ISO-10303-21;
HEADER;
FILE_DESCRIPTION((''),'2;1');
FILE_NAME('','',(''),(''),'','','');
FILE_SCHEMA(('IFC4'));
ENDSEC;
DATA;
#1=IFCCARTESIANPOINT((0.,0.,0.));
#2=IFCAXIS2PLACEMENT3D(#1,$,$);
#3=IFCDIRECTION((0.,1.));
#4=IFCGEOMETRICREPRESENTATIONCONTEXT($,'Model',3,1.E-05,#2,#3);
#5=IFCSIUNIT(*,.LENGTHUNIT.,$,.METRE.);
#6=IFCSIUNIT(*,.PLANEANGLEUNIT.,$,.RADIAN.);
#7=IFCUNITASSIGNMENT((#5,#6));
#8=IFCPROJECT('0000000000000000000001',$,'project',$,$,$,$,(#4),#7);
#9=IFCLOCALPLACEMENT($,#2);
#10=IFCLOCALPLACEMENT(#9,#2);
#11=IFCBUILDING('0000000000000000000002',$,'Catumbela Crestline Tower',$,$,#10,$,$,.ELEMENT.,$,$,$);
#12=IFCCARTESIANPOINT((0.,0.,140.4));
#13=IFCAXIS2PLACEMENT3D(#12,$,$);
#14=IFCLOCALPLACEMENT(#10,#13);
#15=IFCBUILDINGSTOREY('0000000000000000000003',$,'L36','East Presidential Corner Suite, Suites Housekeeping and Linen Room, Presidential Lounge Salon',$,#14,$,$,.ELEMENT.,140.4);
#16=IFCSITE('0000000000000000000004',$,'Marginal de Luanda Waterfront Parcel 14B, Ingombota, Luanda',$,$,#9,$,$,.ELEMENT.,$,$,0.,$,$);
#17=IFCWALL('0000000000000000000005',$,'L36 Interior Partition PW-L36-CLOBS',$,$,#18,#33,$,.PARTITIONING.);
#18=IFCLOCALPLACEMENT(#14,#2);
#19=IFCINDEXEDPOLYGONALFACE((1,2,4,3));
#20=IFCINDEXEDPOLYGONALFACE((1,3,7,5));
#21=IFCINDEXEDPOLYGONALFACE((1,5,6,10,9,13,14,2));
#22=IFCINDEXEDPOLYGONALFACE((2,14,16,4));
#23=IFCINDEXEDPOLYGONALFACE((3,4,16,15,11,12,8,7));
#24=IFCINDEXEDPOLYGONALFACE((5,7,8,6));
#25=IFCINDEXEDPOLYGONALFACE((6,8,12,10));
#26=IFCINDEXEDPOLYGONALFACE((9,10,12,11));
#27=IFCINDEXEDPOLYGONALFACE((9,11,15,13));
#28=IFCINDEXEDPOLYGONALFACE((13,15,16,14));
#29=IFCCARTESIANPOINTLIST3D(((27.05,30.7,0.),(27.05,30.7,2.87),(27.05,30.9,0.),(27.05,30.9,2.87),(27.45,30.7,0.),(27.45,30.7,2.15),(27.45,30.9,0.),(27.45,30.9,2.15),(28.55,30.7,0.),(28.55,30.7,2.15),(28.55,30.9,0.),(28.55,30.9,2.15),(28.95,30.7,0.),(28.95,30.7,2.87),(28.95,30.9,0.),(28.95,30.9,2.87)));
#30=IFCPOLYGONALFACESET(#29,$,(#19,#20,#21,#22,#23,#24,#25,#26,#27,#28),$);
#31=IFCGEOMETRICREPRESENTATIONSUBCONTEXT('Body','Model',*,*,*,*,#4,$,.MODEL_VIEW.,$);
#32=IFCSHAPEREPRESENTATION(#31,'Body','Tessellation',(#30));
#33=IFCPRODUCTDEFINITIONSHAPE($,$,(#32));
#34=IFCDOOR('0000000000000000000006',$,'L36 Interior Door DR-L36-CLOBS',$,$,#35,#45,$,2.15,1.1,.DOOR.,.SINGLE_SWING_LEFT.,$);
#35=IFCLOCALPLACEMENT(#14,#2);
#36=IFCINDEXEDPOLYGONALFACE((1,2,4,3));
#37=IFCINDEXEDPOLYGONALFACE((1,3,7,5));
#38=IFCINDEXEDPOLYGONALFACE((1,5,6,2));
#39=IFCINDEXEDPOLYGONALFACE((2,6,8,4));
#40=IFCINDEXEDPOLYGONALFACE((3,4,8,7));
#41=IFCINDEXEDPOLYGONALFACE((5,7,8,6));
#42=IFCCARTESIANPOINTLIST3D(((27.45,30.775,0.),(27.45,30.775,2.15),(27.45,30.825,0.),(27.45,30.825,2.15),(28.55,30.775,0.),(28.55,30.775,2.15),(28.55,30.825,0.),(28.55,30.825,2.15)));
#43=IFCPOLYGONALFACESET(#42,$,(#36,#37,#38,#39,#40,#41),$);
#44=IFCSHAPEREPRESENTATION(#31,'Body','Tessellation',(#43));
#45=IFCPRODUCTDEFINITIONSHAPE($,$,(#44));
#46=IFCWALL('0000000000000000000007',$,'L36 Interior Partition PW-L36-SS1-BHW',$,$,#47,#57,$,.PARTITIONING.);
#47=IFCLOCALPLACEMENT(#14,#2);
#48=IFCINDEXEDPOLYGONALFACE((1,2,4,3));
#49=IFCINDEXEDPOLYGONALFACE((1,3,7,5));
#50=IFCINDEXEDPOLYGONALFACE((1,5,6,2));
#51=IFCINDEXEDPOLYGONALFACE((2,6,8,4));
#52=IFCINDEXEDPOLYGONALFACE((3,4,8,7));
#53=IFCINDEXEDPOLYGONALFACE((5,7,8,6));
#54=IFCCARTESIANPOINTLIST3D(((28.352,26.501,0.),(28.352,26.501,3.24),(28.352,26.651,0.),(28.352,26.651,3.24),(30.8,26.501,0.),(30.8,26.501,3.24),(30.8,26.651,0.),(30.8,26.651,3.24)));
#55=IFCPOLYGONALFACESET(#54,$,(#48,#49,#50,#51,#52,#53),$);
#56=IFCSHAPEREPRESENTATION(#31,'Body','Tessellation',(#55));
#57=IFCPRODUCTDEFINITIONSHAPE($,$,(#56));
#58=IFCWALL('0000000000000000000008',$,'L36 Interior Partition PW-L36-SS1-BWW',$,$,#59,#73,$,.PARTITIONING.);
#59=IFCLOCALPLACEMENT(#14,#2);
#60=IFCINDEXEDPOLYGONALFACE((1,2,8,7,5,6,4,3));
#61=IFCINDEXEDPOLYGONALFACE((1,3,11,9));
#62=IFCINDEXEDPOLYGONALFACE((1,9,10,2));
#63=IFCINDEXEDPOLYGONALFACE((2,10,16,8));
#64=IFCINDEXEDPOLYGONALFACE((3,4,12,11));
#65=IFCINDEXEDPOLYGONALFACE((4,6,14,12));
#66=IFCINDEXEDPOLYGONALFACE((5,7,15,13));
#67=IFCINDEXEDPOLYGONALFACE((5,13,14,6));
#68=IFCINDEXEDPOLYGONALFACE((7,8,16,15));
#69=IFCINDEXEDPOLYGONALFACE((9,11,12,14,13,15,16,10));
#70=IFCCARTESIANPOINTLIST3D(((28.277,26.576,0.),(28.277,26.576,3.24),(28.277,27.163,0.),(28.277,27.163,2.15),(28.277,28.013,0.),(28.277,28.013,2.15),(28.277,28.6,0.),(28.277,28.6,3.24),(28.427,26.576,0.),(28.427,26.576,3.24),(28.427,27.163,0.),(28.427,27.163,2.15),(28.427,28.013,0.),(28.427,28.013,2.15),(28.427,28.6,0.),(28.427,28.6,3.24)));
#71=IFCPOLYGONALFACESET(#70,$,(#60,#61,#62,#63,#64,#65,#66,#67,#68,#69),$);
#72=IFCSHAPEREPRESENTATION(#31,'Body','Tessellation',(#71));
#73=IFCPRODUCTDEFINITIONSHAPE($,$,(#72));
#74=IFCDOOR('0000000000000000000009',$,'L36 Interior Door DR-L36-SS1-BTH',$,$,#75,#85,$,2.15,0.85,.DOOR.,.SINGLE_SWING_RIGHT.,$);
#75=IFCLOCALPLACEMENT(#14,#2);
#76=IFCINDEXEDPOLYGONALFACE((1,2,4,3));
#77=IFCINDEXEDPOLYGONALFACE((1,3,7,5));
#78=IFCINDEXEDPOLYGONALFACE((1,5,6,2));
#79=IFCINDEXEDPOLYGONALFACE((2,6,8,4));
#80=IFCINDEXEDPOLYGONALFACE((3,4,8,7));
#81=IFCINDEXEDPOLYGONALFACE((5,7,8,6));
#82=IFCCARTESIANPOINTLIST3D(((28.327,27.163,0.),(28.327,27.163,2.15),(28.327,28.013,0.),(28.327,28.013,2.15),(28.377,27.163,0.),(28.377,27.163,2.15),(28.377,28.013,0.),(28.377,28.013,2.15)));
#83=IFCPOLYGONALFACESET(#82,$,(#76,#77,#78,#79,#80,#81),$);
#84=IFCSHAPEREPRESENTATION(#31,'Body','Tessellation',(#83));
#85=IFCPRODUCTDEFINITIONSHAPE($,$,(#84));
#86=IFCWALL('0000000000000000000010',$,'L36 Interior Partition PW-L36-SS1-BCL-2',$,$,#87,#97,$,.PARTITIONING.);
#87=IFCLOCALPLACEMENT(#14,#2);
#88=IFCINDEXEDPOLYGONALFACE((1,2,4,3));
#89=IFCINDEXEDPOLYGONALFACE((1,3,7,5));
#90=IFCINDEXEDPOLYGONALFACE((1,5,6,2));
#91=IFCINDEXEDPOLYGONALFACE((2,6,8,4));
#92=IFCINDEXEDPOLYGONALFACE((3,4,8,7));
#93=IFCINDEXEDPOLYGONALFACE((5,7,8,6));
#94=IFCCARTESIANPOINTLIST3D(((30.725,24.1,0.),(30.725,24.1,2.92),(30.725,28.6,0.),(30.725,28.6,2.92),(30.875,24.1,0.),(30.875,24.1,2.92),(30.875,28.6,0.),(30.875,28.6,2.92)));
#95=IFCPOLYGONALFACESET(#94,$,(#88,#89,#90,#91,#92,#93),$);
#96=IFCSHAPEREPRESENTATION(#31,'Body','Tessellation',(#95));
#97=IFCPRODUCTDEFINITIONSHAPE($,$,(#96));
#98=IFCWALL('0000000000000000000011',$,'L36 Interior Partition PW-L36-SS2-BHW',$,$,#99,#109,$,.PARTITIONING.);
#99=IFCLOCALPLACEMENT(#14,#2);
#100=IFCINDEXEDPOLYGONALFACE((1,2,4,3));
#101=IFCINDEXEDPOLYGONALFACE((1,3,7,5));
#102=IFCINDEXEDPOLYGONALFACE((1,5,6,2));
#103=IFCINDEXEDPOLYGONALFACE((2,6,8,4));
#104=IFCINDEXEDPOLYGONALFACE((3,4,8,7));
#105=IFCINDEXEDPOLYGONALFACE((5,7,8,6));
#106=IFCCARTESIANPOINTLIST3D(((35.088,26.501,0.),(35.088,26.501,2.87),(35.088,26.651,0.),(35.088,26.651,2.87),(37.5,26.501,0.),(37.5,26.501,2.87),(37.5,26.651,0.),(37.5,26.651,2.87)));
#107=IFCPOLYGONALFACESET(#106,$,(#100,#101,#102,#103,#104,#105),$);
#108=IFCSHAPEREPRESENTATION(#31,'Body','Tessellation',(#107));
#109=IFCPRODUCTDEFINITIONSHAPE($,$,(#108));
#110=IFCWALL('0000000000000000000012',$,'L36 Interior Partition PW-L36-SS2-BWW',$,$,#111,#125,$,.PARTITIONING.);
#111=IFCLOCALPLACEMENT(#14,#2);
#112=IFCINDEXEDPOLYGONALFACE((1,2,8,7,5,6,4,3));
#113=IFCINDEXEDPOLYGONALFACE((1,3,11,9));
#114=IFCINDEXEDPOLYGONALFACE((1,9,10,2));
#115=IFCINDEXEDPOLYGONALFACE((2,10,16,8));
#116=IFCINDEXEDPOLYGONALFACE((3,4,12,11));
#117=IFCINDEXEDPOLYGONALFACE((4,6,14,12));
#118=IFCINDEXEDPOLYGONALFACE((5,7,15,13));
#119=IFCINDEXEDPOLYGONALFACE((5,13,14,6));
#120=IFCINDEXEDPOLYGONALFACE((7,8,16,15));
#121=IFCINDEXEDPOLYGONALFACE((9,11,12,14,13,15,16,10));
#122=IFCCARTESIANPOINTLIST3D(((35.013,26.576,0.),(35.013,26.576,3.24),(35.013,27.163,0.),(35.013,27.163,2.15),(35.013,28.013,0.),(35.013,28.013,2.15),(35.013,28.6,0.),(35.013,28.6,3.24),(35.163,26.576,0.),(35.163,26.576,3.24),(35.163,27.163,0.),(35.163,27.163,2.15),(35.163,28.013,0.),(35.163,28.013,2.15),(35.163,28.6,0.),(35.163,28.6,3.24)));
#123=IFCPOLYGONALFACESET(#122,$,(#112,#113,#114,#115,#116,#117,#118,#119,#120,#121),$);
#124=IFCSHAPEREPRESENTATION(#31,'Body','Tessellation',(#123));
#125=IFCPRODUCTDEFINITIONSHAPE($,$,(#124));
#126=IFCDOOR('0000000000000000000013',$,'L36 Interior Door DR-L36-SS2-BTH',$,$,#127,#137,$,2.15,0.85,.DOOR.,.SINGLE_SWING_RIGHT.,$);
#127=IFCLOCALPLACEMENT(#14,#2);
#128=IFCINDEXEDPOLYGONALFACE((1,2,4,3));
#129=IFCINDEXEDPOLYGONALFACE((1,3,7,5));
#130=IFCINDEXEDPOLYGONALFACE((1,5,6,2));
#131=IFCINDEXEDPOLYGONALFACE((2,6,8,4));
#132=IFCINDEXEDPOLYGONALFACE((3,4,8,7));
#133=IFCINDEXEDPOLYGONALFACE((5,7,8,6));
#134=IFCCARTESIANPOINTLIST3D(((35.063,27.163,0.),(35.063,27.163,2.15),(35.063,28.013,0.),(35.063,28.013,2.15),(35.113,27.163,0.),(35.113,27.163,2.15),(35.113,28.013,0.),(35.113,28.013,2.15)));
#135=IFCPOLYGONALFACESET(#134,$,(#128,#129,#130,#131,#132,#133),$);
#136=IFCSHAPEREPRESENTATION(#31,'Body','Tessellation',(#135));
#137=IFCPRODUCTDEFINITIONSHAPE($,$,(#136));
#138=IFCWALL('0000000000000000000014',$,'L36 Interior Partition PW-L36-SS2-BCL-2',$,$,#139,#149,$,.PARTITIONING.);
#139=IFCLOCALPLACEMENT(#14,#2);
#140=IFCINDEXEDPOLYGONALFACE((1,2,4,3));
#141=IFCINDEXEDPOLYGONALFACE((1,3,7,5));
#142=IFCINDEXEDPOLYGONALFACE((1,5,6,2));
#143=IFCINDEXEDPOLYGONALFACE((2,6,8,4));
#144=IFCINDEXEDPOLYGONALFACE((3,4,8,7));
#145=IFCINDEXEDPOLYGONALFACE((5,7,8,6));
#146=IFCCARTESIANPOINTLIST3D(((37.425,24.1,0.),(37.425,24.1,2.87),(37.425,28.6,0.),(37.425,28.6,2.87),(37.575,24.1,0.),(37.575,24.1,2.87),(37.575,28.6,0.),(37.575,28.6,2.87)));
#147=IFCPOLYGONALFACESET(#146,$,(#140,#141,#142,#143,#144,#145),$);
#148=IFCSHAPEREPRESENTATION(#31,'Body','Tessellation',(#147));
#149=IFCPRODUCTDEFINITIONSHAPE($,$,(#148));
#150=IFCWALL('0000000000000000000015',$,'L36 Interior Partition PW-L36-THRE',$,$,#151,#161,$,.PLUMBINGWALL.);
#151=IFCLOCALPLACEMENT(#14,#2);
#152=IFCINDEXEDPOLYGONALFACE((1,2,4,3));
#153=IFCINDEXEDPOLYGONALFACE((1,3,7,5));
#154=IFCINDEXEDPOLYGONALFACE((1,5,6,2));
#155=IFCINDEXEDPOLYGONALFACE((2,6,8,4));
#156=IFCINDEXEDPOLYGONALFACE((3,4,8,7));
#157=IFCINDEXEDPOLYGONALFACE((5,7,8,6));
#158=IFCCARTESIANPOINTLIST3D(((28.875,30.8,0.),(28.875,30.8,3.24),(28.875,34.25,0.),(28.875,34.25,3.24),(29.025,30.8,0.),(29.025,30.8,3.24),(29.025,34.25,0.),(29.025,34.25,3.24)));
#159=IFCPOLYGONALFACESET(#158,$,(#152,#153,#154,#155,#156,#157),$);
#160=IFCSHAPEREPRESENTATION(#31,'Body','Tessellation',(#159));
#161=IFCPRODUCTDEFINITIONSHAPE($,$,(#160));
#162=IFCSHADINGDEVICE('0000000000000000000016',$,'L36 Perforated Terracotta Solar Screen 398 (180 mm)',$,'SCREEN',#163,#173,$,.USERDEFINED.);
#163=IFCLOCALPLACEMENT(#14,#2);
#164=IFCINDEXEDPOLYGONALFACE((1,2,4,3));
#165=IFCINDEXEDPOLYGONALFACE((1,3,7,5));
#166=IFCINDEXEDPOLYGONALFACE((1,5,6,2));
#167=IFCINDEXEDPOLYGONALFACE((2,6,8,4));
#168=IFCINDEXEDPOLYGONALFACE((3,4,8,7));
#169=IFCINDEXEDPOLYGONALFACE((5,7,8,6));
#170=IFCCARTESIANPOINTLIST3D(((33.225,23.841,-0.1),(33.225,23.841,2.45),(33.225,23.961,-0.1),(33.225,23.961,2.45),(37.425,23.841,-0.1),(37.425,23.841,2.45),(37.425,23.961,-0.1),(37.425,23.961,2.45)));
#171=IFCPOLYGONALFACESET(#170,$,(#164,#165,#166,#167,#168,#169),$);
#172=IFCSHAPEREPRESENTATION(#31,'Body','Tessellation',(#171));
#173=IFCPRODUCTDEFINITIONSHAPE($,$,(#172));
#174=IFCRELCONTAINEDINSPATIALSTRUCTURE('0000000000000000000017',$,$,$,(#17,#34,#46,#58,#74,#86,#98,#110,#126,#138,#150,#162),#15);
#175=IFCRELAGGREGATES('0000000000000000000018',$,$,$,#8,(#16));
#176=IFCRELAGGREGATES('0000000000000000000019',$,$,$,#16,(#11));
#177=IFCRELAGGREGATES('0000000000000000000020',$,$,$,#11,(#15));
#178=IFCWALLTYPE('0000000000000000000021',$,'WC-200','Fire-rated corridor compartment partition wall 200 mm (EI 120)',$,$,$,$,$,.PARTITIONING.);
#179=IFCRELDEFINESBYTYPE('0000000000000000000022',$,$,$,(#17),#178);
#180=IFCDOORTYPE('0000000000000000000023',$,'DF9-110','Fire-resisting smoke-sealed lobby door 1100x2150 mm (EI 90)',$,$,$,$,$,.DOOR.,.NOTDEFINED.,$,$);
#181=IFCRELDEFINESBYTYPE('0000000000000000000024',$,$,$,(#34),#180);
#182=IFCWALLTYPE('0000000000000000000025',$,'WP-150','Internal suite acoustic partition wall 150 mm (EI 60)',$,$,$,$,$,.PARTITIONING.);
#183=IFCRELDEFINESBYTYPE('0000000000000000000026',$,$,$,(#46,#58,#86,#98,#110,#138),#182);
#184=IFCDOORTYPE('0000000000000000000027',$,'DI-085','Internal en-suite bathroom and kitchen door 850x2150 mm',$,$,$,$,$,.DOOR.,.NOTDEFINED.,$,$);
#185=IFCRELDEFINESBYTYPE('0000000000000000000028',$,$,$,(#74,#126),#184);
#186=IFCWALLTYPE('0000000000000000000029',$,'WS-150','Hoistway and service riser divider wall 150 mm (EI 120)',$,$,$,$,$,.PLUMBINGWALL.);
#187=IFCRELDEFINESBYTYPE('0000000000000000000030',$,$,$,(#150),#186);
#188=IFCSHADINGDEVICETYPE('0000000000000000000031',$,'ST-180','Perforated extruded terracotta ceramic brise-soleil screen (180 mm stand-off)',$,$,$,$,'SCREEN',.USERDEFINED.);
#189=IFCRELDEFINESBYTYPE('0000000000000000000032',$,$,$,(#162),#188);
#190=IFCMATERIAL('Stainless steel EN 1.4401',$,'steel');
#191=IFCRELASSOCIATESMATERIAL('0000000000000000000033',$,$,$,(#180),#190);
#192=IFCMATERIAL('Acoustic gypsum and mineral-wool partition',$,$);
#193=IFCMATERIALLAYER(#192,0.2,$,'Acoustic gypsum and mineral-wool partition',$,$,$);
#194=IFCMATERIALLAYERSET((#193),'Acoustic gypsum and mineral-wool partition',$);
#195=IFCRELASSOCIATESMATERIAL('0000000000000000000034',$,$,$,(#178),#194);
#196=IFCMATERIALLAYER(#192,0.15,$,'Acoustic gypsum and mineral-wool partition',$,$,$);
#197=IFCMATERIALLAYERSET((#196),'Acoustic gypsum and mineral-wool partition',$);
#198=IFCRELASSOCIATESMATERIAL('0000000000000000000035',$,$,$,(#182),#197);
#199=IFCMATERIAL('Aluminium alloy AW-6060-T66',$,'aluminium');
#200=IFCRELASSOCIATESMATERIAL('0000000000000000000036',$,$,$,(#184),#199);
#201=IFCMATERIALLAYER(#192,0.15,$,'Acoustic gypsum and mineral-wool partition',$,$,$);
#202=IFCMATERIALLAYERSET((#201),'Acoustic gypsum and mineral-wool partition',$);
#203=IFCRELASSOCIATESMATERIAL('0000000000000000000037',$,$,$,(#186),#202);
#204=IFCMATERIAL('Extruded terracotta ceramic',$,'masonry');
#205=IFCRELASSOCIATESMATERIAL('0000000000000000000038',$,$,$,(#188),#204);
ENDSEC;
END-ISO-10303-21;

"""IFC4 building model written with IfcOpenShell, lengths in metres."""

from ifc_helpers import new_model, si_unit, direction, frame, frame_2d, origin, origin_2d, place, context, subcontext, project, spatial, rectangle, extrude, material, layer, layer_set, type_object, element, fill, save


model = new_model("IFC4")

# Units and contexts
model_context = context("Model", 3, precision=1e-05, world=origin(), true_north=direction((0.0, 1.0)))
body_context = subcontext(model_context, "Body", "Model", "MODEL_VIEW")
ifc_project = project(units=[si_unit("LENGTHUNIT", "METRE"), si_unit("PLANEANGLEUNIT", "RADIAN")], contexts=[model_context])

# Site, building, storey
site_placement = place(None, origin())
site = spatial("IfcSite", under=ifc_project, at=site_placement, Name="Marginal de Luanda Waterfront Parcel 14B, Ingombota, Luanda", CompositionType="ELEMENT", RefElevation=0.0)
building_placement = place(site_placement, origin())
building = spatial("IfcBuilding", under=site, at=building_placement, Name="Catumbela Crestline Tower", CompositionType="ELEMENT")
storey_placement = place(building_placement, frame((0.0, 0.0, 140.4)))
storey = spatial("IfcBuildingStorey", under=building, at=storey_placement, Name="L36", Description="East Presidential Corner Suite, Suites Housekeeping and Linen Room, Presidential Lounge Salon", CompositionType="ELEMENT", Elevation=140.4)

# Shared definitions
ifc_material_1 = material(Name="Aluminium alloy AW-6060-T66", Category="aluminium")

# Wall, opening, door
ifc_material_2 = material(Name="Stainless steel EN 1.4401", Category="steel")
door_type_1 = type_object("IfcDoorType", Name="DF9-110", Description="Fire-resisting smoke-sealed lobby door 1100x2150 mm (EI 90)", OperationType="NOTDEFINED", PredefinedType="DOOR", material=ifc_material_2)
ifc_material_3 = material(Name="Acoustic gypsum and mineral-wool partition")
ifc_layer_1 = layer(ifc_material_3, 0.2, Name="Acoustic gypsum and mineral-wool partition")
ifc_layer_set_1 = layer_set([ifc_layer_1], Name="Acoustic gypsum and mineral-wool partition")
wall_type_1 = type_object("IfcWallType", Name="WC-200", Description="Fire-rated corridor compartment partition wall 200 mm (EI 120)", PredefinedType="PARTITIONING", material=ifc_layer_set_1)
wall_1_placement = place(storey_placement, frame((27.05, 30.8, 0.0), z_axis=(0.0, 0.0, 1.0), x_axis=(1.0, 0.0, 0.0)))
wall_1 = element("IfcWall", 1, at=wall_1_placement, inside=storey, type_object=wall_type_1, Name="L36 Interior Partition PW-L36-CLOBS", PredefinedType="PARTITIONING", context=body_context, shape_type="SweptSolid", body=[
    extrude(rectangle(XDim=1.9, YDim=0.2, at=frame_2d((0.95, 0.0))), origin(), (0.0, 0.0, 1.0), 2.87),
])
opening_1_placement = place(wall_1_placement, frame((0.4, 0.0, 0.0)))
opening_1 = element("IfcOpeningElement", 2, at=opening_1_placement, cuts=wall_1, PredefinedType="OPENING", context=body_context, shape_type="SweptSolid", body=[
    extrude(rectangle(XDim=1.1, YDim=2.15, at=frame_2d((0.55, 1.075))), frame((0.0, 0.11, 0.0), z_axis=(0.0, -1.0, 0.0), x_axis=(1.0, 0.0, 0.0)), (0.0, 0.0, 1.0), 0.22),
])
door_1_placement = place(opening_1_placement, origin())
door_1 = element("IfcDoor", 3, at=door_1_placement, inside=storey, type_object=door_type_1, Name="L36 Interior Door DR-L36-CLOBS", OperationType="SINGLE_SWING_LEFT", OverallHeight=2.15, OverallWidth=1.1, PredefinedType="DOOR", context=body_context, shape_type="SweptSolid", body=[
    extrude(rectangle(XDim=1.1, YDim=2.15, at=frame_2d((0.55, 1.075))), frame((0.0, 0.025, 0.0), z_axis=(0.0, -1.0, 0.0), x_axis=(1.0, 0.0, 0.0)), (0.0, 0.0, 1.0), 0.05),
])
fill(opening_1, door_1)

# Wall
ifc_layer_2 = layer(ifc_material_3, 0.15, Name="Acoustic gypsum and mineral-wool partition")
ifc_layer_set_2 = layer_set([ifc_layer_2], Name="Acoustic gypsum and mineral-wool partition")
wall_type_2 = type_object("IfcWallType", Name="WP-150", Description="Internal suite acoustic partition wall 150 mm (EI 60)", PredefinedType="PARTITIONING", material=ifc_layer_set_2)
wall_2_placement = place(storey_placement, frame((28.352, 26.576, 0.0), z_axis=(0.0, 0.0, 1.0), x_axis=(1.0, 0.0, 0.0)))
element("IfcWall", 4, at=wall_2_placement, inside=storey, type_object=wall_type_2, Name="L36 Interior Partition PW-L36-SS1-BHW", PredefinedType="PARTITIONING", context=body_context, shape_type="SweptSolid", body=[
    extrude(rectangle(XDim=2.448, YDim=0.15, at=frame_2d((1.224, 0.0))), origin(), (0.0, 0.0, 1.0), 3.24),
])

# Wall, opening, door
wall_3_placement = place(storey_placement, frame((28.352, 26.576, 0.0), z_axis=(0.0, 0.0, 1.0), x_axis=(0.0, 1.0, 0.0)))
wall_3 = element("IfcWall", 5, at=wall_3_placement, inside=storey, type_object=wall_type_2, Name="L36 Interior Partition PW-L36-SS1-BWW", PredefinedType="PARTITIONING", context=body_context, shape_type="SweptSolid", body=[
    extrude(rectangle(XDim=2.024, YDim=0.15, at=frame_2d((1.012, 0.0))), origin(), (0.0, 0.0, 1.0), 3.24),
])
opening_2_placement = place(wall_3_placement, frame((0.587, 0.0, 0.0)))
opening_2 = element("IfcOpeningElement", 6, at=opening_2_placement, cuts=wall_3, PredefinedType="OPENING", context=body_context, shape_type="SweptSolid", body=[
    extrude(rectangle(XDim=0.85, YDim=2.15, at=frame_2d((0.425, 1.075))), frame((0.0, 0.085, 0.0), z_axis=(0.0, -1.0, 0.0), x_axis=(1.0, 0.0, 0.0)), (0.0, 0.0, 1.0), 0.17),
])
door_type_2 = type_object("IfcDoorType", Name="DI-085", Description="Internal en-suite bathroom and kitchen door 850x2150 mm", OperationType="NOTDEFINED", PredefinedType="DOOR", material=ifc_material_1)
door_2_placement = place(opening_2_placement, origin())
door_2 = element("IfcDoor", 7, at=door_2_placement, inside=storey, type_object=door_type_2, Name="L36 Interior Door DR-L36-SS1-BTH", OperationType="SINGLE_SWING_RIGHT", OverallHeight=2.15, OverallWidth=0.85, PredefinedType="DOOR", context=body_context, shape_type="SweptSolid", body=[
    extrude(rectangle(XDim=0.85, YDim=2.15, at=frame_2d((0.425, 1.075))), frame((0.0, 0.025, 0.0), z_axis=(0.0, -1.0, 0.0), x_axis=(1.0, 0.0, 0.0)), (0.0, 0.0, 1.0), 0.05),
])
fill(opening_2, door_2)

# Walls
wall_4_placement = place(storey_placement, frame((30.8, 28.6, 0.0), z_axis=(0.0, 0.0, 1.0), x_axis=(0.0, -1.0, 0.0)))
element("IfcWall", 8, at=wall_4_placement, inside=storey, type_object=wall_type_2, Name="L36 Interior Partition PW-L36-SS1-BCL-2", PredefinedType="PARTITIONING", context=body_context, shape_type="SweptSolid", body=[
    extrude(rectangle(XDim=4.5, YDim=0.15, at=frame_2d((2.25, 0.0))), origin(), (0.0, 0.0, 1.0), 2.92),
])
wall_5_placement = place(storey_placement, frame((35.088, 26.576, 0.0), z_axis=(0.0, 0.0, 1.0), x_axis=(1.0, 0.0, 0.0)))
element("IfcWall", 9, at=wall_5_placement, inside=storey, type_object=wall_type_2, Name="L36 Interior Partition PW-L36-SS2-BHW", PredefinedType="PARTITIONING", context=body_context, shape_type="SweptSolid", body=[
    extrude(rectangle(XDim=2.412, YDim=0.15, at=frame_2d((1.206, 0.0))), origin(), (0.0, 0.0, 1.0), 2.87),
])

# Wall, opening, door
wall_6_placement = place(storey_placement, frame((35.088, 26.576, 0.0), z_axis=(0.0, 0.0, 1.0), x_axis=(0.0, 1.0, 0.0)))
wall_6 = element("IfcWall", 10, at=wall_6_placement, inside=storey, type_object=wall_type_2, Name="L36 Interior Partition PW-L36-SS2-BWW", PredefinedType="PARTITIONING", context=body_context, shape_type="SweptSolid", body=[
    extrude(rectangle(XDim=2.024, YDim=0.15, at=frame_2d((1.012, 0.0))), origin(), (0.0, 0.0, 1.0), 3.24),
])
opening_3_placement = place(wall_6_placement, frame((0.587, 0.0, 0.0)))
opening_3 = element("IfcOpeningElement", 11, at=opening_3_placement, cuts=wall_6, PredefinedType="OPENING", context=body_context, shape_type="SweptSolid", body=[
    extrude(rectangle(XDim=0.85, YDim=2.15, at=frame_2d((0.425, 1.075))), frame((0.0, 0.085, 0.0), z_axis=(0.0, -1.0, 0.0), x_axis=(1.0, 0.0, 0.0)), (0.0, 0.0, 1.0), 0.17),
])
door_3_placement = place(opening_3_placement, origin())
door_3 = element("IfcDoor", 12, at=door_3_placement, inside=storey, type_object=door_type_2, Name="L36 Interior Door DR-L36-SS2-BTH", OperationType="SINGLE_SWING_RIGHT", OverallHeight=2.15, OverallWidth=0.85, PredefinedType="DOOR", context=body_context, shape_type="SweptSolid", body=[
    extrude(rectangle(XDim=0.85, YDim=2.15, at=frame_2d((0.425, 1.075))), frame((0.0, 0.025, 0.0), z_axis=(0.0, -1.0, 0.0), x_axis=(1.0, 0.0, 0.0)), (0.0, 0.0, 1.0), 0.05),
])
fill(opening_3, door_3)

# Walls
wall_7_placement = place(storey_placement, frame((37.5, 28.6, 0.0), z_axis=(0.0, 0.0, 1.0), x_axis=(0.0, -1.0, 0.0)))
element("IfcWall", 13, at=wall_7_placement, inside=storey, type_object=wall_type_2, Name="L36 Interior Partition PW-L36-SS2-BCL-2", PredefinedType="PARTITIONING", context=body_context, shape_type="SweptSolid", body=[
    extrude(rectangle(XDim=4.5, YDim=0.15, at=frame_2d((2.25, 0.0))), origin(), (0.0, 0.0, 1.0), 2.87),
])
ifc_layer_3 = layer(ifc_material_3, 0.15, Name="Acoustic gypsum and mineral-wool partition")
ifc_layer_set_3 = layer_set([ifc_layer_3], Name="Acoustic gypsum and mineral-wool partition")
wall_type_3 = type_object("IfcWallType", Name="WS-150", Description="Hoistway and service riser divider wall 150 mm (EI 120)", PredefinedType="PLUMBINGWALL", material=ifc_layer_set_3)
wall_8_placement = place(storey_placement, frame((28.95, 30.8, 0.0), z_axis=(0.0, 0.0, 1.0), x_axis=(0.0, 1.0, 0.0)))
element("IfcWall", 14, at=wall_8_placement, inside=storey, type_object=wall_type_3, Name="L36 Interior Partition PW-L36-THRE", PredefinedType="PLUMBINGWALL", context=body_context, shape_type="SweptSolid", body=[
    extrude(rectangle(XDim=3.45, YDim=0.15, at=frame_2d((1.725, 0.0))), origin(), (0.0, 0.0, 1.0), 3.24),
])

# Shading device
ifc_material_4 = material(Name="Extruded terracotta ceramic", Category="masonry")
shading_device_type_1 = type_object("IfcShadingDeviceType", Name="ST-180", Description="Perforated extruded terracotta ceramic brise-soleil screen (180 mm stand-off)", ElementType="SCREEN", PredefinedType="USERDEFINED", material=ifc_material_4)
shading_device_1_placement = place(storey_placement, frame((35.325, 23.901, -0.1), z_axis=(0.0, 0.0, 1.0), x_axis=(1.0, 0.0, 0.0)))
element("IfcShadingDevice", 15, at=shading_device_1_placement, inside=storey, type_object=shading_device_type_1, Name="L36 Perforated Terracotta Solar Screen 398 (180 mm)", ObjectType="SCREEN", PredefinedType="USERDEFINED", context=body_context, shape_type="SweptSolid", body=[
    extrude(rectangle(XDim=4.2, YDim=0.12, at=origin_2d()), origin(), (0.0, 0.0, 1.0), 2.55),
])

save(model, "model.ifc")
